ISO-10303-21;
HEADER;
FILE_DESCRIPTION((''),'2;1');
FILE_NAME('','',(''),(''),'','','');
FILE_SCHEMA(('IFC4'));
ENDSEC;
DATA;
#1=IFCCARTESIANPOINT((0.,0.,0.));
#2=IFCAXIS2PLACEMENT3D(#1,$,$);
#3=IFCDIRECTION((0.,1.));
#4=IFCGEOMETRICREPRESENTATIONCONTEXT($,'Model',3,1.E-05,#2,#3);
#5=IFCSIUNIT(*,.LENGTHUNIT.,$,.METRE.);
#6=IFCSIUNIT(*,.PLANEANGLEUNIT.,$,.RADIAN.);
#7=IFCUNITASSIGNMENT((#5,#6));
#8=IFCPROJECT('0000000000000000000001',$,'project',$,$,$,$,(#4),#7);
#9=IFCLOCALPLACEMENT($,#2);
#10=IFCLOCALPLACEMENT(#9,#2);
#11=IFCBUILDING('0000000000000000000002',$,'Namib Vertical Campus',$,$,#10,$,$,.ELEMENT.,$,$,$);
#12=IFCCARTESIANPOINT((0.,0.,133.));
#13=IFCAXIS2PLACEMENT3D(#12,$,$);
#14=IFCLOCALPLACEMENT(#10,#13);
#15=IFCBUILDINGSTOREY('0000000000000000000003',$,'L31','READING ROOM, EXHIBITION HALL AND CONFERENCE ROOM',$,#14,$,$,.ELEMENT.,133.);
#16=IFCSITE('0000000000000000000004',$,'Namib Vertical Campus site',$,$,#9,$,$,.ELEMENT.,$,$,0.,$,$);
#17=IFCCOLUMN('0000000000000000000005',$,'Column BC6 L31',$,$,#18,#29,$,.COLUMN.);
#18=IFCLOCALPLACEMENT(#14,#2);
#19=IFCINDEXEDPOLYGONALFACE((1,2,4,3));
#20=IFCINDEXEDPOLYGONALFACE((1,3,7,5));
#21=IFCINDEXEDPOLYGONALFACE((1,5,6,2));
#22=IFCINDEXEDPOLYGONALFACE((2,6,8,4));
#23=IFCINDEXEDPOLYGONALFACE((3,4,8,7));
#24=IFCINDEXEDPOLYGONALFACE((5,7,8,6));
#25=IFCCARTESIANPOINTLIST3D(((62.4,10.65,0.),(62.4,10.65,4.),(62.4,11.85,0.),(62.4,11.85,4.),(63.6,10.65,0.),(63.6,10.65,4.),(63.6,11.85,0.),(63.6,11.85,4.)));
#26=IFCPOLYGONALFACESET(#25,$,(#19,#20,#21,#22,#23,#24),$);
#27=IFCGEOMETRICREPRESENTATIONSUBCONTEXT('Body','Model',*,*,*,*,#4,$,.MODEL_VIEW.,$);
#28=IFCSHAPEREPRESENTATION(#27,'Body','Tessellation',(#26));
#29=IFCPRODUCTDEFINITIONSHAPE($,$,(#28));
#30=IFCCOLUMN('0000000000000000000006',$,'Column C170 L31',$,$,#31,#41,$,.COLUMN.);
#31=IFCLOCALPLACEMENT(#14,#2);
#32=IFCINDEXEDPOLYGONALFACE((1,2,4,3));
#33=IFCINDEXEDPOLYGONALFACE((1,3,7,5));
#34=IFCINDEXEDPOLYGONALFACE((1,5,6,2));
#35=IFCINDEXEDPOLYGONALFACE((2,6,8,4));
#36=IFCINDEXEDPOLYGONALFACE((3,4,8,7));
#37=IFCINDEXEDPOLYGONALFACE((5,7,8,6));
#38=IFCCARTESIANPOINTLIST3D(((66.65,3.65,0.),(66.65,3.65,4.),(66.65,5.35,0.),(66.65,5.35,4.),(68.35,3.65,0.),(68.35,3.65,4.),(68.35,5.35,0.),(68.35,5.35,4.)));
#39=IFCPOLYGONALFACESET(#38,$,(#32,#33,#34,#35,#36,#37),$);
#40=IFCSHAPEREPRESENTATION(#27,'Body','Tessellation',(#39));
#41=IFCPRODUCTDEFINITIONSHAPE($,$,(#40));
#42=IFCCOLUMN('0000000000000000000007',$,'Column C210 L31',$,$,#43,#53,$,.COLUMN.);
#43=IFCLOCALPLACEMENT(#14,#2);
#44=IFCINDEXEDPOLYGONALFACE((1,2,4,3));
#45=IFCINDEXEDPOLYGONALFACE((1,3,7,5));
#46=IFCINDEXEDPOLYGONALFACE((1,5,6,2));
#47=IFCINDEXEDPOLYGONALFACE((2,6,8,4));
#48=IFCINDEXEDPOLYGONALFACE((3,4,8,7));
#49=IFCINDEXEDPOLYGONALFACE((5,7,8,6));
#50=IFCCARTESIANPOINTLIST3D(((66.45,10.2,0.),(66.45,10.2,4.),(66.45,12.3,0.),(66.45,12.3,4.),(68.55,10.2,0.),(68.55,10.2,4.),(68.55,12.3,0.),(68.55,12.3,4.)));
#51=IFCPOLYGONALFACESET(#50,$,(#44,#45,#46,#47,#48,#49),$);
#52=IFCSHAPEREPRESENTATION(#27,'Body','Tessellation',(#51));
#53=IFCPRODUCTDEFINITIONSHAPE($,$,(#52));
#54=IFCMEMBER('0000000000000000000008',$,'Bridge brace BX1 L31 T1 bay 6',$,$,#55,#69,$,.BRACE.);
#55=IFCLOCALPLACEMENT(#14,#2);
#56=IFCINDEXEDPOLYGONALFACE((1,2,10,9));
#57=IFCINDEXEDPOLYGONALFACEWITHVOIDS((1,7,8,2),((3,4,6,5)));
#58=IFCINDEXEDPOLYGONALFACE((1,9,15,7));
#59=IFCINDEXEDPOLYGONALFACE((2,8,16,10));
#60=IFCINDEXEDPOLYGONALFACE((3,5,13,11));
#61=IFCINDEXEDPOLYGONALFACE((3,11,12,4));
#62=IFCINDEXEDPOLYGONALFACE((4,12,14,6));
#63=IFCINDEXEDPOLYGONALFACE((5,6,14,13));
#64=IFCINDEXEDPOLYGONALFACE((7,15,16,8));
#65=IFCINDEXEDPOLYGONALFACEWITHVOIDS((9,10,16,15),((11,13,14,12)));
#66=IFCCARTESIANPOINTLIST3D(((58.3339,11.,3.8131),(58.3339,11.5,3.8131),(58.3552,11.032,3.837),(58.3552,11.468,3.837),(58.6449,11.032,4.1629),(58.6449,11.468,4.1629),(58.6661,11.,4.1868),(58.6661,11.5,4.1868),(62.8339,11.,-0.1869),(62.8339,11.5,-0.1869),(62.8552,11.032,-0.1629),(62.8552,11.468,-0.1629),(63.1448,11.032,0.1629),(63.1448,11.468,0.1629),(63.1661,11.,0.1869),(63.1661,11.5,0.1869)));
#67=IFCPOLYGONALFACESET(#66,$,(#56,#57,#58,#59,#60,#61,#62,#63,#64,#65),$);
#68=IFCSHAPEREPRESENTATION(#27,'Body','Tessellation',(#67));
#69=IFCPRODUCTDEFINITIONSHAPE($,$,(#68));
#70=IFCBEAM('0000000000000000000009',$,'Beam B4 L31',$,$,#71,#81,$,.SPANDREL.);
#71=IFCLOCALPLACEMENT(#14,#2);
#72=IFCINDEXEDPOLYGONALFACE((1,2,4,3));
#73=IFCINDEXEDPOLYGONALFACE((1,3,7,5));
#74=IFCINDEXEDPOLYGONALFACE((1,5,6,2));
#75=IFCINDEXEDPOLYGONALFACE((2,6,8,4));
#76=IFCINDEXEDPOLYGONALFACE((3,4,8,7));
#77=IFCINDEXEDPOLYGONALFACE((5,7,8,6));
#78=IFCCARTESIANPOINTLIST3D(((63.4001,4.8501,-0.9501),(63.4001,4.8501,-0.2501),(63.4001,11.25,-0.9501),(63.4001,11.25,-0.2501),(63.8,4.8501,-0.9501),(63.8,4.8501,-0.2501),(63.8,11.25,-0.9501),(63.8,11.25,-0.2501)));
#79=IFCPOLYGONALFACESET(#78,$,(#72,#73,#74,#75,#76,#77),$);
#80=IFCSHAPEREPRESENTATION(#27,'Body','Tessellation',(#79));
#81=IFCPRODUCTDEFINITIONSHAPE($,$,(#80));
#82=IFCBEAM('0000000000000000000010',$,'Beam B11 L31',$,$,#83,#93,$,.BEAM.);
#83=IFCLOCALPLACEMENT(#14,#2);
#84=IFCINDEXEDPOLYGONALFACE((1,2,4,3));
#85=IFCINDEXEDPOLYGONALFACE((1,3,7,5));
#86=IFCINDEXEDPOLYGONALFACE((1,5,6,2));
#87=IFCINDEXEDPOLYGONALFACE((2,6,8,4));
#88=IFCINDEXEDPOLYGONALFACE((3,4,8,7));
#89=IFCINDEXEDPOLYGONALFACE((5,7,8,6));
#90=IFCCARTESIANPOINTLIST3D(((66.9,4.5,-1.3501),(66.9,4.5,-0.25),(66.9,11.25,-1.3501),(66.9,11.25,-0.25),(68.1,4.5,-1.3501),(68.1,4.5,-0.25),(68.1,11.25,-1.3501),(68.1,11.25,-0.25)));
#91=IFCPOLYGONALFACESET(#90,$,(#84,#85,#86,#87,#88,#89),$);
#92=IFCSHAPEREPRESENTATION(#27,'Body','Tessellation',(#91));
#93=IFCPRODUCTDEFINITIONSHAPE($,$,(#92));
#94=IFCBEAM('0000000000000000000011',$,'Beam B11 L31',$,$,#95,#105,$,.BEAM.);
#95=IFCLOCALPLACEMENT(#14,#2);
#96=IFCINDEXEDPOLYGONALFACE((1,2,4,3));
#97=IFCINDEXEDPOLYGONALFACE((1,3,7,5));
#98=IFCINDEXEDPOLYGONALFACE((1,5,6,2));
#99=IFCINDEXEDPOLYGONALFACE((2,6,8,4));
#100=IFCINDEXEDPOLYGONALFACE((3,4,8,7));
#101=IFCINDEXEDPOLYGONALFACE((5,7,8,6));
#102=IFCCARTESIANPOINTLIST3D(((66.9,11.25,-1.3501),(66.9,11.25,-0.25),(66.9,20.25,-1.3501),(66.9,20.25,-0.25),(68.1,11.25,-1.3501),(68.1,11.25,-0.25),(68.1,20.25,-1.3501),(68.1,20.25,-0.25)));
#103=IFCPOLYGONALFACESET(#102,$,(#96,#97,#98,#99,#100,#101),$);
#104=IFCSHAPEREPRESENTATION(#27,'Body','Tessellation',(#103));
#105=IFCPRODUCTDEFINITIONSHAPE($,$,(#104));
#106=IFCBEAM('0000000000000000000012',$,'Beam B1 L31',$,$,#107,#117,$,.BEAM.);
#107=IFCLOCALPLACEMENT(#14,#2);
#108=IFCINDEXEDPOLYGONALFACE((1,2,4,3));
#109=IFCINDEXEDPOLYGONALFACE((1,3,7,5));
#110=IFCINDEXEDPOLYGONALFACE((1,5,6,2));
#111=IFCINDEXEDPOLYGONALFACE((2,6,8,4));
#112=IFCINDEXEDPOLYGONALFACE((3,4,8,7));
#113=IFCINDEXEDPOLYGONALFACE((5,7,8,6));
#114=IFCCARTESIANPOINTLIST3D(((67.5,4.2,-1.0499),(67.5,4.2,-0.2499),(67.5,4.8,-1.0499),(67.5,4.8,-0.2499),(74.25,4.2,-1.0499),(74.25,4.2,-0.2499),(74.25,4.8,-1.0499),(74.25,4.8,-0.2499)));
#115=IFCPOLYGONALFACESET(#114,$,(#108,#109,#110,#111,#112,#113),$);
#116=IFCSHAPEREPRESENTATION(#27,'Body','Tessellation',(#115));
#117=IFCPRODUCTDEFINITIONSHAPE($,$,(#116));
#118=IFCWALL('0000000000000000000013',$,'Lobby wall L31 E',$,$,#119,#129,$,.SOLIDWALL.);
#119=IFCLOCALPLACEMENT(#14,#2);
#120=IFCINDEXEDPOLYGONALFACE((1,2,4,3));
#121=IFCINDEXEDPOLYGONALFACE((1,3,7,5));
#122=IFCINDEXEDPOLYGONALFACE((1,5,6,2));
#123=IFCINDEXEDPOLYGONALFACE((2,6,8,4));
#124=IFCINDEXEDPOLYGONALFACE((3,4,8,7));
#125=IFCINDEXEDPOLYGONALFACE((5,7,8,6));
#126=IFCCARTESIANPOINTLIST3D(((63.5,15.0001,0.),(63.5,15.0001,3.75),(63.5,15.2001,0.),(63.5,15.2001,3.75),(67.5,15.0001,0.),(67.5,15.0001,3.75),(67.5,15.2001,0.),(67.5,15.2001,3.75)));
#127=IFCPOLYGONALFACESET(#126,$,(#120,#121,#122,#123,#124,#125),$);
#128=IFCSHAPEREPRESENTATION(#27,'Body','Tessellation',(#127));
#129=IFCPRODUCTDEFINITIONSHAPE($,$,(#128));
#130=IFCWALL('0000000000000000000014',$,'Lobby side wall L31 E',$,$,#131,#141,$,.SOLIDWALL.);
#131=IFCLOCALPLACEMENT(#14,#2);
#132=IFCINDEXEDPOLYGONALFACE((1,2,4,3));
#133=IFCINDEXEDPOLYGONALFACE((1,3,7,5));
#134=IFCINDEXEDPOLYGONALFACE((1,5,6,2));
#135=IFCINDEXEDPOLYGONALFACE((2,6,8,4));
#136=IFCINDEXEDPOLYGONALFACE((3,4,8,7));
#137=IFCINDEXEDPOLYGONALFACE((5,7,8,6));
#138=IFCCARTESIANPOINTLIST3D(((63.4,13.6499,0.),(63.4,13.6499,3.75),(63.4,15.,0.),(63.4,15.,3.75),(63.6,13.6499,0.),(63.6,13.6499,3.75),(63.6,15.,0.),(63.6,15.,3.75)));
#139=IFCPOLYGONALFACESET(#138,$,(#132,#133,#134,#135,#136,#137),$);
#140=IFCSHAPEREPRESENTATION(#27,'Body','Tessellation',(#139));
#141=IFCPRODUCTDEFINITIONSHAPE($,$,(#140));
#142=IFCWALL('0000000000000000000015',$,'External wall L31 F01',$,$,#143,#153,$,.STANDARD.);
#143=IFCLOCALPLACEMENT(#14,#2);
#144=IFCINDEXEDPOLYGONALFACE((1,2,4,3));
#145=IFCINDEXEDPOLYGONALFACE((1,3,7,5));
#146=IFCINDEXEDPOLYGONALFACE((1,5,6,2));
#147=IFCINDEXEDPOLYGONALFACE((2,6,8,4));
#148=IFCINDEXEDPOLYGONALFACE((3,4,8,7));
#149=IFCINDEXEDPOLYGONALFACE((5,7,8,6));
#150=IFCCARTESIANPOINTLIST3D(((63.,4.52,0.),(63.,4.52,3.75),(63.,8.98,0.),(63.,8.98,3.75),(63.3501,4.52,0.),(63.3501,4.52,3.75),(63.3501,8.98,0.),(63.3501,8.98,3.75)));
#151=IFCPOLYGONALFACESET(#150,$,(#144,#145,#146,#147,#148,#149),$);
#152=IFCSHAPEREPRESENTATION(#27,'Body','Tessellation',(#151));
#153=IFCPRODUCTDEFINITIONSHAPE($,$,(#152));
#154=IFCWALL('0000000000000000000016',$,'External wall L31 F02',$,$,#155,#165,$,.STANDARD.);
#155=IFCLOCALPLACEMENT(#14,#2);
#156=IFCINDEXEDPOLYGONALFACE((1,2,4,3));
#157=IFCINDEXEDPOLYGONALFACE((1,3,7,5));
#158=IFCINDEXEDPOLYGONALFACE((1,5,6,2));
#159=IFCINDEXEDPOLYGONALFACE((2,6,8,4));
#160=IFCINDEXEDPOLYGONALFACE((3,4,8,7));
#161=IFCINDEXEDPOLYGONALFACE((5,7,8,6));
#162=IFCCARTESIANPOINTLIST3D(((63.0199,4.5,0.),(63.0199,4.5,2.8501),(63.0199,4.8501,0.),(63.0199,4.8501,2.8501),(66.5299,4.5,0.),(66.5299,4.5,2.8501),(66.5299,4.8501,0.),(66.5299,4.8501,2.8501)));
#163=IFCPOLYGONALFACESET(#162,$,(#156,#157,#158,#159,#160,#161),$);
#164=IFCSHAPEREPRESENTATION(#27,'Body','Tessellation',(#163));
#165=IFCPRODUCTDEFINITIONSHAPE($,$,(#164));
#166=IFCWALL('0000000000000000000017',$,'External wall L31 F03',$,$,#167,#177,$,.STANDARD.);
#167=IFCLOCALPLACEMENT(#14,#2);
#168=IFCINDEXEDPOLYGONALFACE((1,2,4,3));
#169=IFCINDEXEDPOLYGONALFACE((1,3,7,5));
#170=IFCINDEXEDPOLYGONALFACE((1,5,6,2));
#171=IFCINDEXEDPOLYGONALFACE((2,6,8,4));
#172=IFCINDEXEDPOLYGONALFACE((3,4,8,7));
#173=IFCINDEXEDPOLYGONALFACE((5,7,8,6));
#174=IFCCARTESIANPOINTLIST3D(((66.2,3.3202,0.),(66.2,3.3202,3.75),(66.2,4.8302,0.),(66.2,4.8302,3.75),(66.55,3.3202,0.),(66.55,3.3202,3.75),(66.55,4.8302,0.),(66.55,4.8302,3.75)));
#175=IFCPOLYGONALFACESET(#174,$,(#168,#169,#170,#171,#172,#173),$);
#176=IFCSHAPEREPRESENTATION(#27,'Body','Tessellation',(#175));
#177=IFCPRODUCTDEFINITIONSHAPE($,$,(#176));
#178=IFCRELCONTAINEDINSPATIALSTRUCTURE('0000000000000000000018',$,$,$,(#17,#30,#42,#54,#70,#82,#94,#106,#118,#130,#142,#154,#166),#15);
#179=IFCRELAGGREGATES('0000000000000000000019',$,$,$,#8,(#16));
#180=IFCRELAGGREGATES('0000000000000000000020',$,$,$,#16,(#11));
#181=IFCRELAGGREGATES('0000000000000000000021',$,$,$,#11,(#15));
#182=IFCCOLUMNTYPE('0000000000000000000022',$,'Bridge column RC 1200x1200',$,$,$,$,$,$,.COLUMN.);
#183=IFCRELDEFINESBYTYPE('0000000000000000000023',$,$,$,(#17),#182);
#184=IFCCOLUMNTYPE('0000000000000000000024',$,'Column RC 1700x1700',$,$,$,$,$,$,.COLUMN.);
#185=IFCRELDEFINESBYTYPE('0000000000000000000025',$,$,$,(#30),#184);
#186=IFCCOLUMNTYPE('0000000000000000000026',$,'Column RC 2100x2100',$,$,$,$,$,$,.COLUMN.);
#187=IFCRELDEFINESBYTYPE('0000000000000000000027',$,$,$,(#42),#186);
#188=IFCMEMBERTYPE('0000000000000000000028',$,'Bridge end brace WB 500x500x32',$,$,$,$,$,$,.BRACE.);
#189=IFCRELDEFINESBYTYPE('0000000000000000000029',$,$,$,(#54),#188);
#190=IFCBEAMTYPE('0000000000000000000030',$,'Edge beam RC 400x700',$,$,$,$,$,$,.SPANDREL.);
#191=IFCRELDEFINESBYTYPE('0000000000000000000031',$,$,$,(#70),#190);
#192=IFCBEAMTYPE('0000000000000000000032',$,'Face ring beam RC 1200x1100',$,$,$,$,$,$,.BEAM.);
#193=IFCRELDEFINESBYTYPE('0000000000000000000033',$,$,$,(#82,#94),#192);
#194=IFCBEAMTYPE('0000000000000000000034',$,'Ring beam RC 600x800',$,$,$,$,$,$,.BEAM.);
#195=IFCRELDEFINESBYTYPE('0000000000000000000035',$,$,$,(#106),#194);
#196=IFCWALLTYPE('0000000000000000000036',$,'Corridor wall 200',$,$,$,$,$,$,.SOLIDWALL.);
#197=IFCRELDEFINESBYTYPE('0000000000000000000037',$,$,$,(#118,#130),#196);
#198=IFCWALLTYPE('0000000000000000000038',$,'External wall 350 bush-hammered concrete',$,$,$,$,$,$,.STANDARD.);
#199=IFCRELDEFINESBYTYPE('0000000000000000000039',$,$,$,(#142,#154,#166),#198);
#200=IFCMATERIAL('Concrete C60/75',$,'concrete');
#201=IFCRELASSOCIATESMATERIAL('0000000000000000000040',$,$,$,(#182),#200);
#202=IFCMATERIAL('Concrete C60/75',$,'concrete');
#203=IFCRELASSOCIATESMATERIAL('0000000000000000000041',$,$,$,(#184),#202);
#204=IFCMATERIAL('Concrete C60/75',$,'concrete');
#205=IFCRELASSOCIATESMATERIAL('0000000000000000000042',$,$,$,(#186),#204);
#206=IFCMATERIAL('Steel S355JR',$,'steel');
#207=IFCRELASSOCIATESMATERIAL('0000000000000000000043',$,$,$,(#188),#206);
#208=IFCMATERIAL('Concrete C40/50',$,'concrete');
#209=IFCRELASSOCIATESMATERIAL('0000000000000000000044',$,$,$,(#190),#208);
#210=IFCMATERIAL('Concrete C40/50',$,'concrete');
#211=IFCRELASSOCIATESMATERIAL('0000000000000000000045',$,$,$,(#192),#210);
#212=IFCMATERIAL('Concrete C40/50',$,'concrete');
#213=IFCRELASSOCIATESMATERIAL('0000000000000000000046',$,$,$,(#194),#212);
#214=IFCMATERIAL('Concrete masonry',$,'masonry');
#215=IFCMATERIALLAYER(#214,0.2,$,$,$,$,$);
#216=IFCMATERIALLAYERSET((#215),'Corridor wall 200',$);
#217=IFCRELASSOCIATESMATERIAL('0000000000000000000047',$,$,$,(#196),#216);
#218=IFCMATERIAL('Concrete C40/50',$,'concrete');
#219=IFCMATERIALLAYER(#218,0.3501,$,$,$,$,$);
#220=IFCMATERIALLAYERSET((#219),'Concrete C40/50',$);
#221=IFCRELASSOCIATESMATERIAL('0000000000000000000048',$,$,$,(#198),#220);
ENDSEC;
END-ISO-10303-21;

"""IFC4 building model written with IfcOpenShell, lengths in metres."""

from ifc_helpers import new_model, si_unit, direction, frame, frame_2d, origin, origin_2d, place, context, subcontext, project, spatial, rectangle, hollow_rectangle, extrude, material, layer, layer_set, material_profile, profile_set, type_object, element, save


model = new_model("IFC4")

# Units and contexts
model_context = context("Model", 3, precision=1e-05, world=origin(), true_north=direction((0.0, 1.0)))
body_context = subcontext(model_context, "Body", "Model", "MODEL_VIEW")
ifc_project = project(units=[si_unit("LENGTHUNIT", "METRE"), si_unit("PLANEANGLEUNIT", "RADIAN")], contexts=[model_context])

# Site, building, storey
site_placement = place(None, origin())
site = spatial("IfcSite", under=ifc_project, at=site_placement, Name="Namib Vertical Campus site", CompositionType="ELEMENT", RefElevation=0.0)
building_placement = place(site_placement, origin())
building = spatial("IfcBuilding", under=site, at=building_placement, Name="Namib Vertical Campus", CompositionType="ELEMENT")
storey_placement = place(building_placement, frame((0.0, 0.0, 133.0)))
storey = spatial("IfcBuildingStorey", under=building, at=storey_placement, Name="L31", Description="READING ROOM, EXHIBITION HALL AND CONFERENCE ROOM", CompositionType="ELEMENT", Elevation=133.0)

# Columns
ifc_material_1 = material(Name="Concrete C60/75", Category="concrete")
ifc_material_profile_1 = material_profile(ifc_material_1, rectangle(XDim=1.2, YDim=1.2, at=origin_2d()))
ifc_profile_set_1 = profile_set([ifc_material_profile_1], Name="Concrete C60/75")
column_type_1 = type_object("IfcColumnType", Name="Bridge column RC 1200x1200", PredefinedType="COLUMN", material=ifc_profile_set_1)
column_1_placement = place(storey_placement, frame((63.0, 11.25, 0.0), z_axis=(0.0, 0.0, 1.0), x_axis=(1.0, 0.0, 0.0)))
element("IfcColumn", 1, at=column_1_placement, inside=storey, type_object=column_type_1, Name="Column BC6 L31", PredefinedType="COLUMN", context=body_context, shape_type="SweptSolid", body=[
    extrude(rectangle(XDim=1.2, YDim=1.2, at=origin_2d()), origin(), (0.0, 0.0, 1.0), 4.0),
])
ifc_material_2 = material(Name="Concrete C60/75", Category="concrete")
ifc_material_profile_2 = material_profile(ifc_material_2, rectangle(XDim=1.7, YDim=1.7, at=origin_2d()))
ifc_profile_set_2 = profile_set([ifc_material_profile_2], Name="Concrete C60/75")
column_type_2 = type_object("IfcColumnType", Name="Column RC 1700x1700", PredefinedType="COLUMN", material=ifc_profile_set_2)
column_2_placement = place(storey_placement, frame((67.5, 4.5, 0.0), z_axis=(0.0, 0.0, 1.0), x_axis=(1.0, 0.0, 0.0)))
element("IfcColumn", 2, at=column_2_placement, inside=storey, type_object=column_type_2, Name="Column C170 L31", PredefinedType="COLUMN", context=body_context, shape_type="SweptSolid", body=[
    extrude(rectangle(XDim=1.7, YDim=1.7, at=origin_2d()), origin(), (0.0, 0.0, 1.0), 4.0),
])
ifc_material_3 = material(Name="Concrete C60/75", Category="concrete")
ifc_material_profile_3 = material_profile(ifc_material_3, rectangle(XDim=2.1001, YDim=2.1001, at=origin_2d()))
ifc_profile_set_3 = profile_set([ifc_material_profile_3], Name="Concrete C60/75")
column_type_3 = type_object("IfcColumnType", Name="Column RC 2100x2100", PredefinedType="COLUMN", material=ifc_profile_set_3)
column_3_placement = place(storey_placement, frame((67.5, 11.25, 0.0), z_axis=(0.0, 0.0, 1.0), x_axis=(1.0, 0.0, 0.0)))
element("IfcColumn", 3, at=column_3_placement, inside=storey, type_object=column_type_3, Name="Column C210 L31", PredefinedType="COLUMN", context=body_context, shape_type="SweptSolid", body=[
    extrude(rectangle(XDim=2.1001, YDim=2.1001, at=origin_2d()), origin(), (0.0, 0.0, 1.0), 4.0),
])

# Member
ifc_material_4 = material(Name="Steel S355JR", Category="steel")
ifc_material_profile_4 = material_profile(ifc_material_4, hollow_rectangle(XDim=0.5, YDim=0.5, WallThickness=0.032, at=origin_2d()))
ifc_profile_set_4 = profile_set([ifc_material_profile_4], Name="Steel S355JR")
member_type = type_object("IfcMemberType", Name="Bridge end brace WB 500x500x32", PredefinedType="BRACE", material=ifc_profile_set_4)
member_placement = place(storey_placement, frame((63.0, 11.25, 0.0), z_axis=(-0.747409, 0.0, 0.664364), x_axis=(0.0, -1.0, 0.0)))
element("IfcMember", 4, at=member_placement, inside=storey, type_object=member_type, Name="Bridge brace BX1 L31 T1 bay 6", PredefinedType="BRACE", context=body_context, shape_type="SweptSolid", body=[
    extrude(hollow_rectangle(XDim=0.5, YDim=0.5, WallThickness=0.032, at=origin_2d()), origin(), (0.0, 0.0, 1.0), 6.0208),
])

# Beams
ifc_material_5 = material(Name="Concrete C40/50", Category="concrete")
ifc_material_profile_5 = material_profile(ifc_material_5, rectangle(XDim=0.3999, YDim=0.7, at=origin_2d()))
ifc_profile_set_5 = profile_set([ifc_material_profile_5], Name="Concrete C40/50")
beam_type_1 = type_object("IfcBeamType", Name="Edge beam RC 400x700", PredefinedType="SPANDREL", material=ifc_profile_set_5)
beam_1_placement = place(storey_placement, frame((63.6001, 4.8501, -0.6001), z_axis=(0.0, 1.0, 0.0), x_axis=(-1.0, 0.0, 0.0)))
element("IfcBeam", 5, at=beam_1_placement, inside=storey, type_object=beam_type_1, Name="Beam B4 L31", PredefinedType="SPANDREL", context=body_context, shape_type="SweptSolid", body=[
    extrude(rectangle(XDim=0.3999, YDim=0.7, at=origin_2d()), origin(), (0.0, 0.0, 1.0), 6.3999),
])
ifc_material_6 = material(Name="Concrete C40/50", Category="concrete")
ifc_material_profile_6 = material_profile(ifc_material_6, rectangle(XDim=1.2, YDim=1.1001, at=origin_2d()))
ifc_profile_set_6 = profile_set([ifc_material_profile_6], Name="Concrete C40/50")
beam_type_2 = type_object("IfcBeamType", Name="Face ring beam RC 1200x1100", PredefinedType="BEAM", material=ifc_profile_set_6)
beam_2_placement = place(storey_placement, frame((67.5, 4.5, -0.8), z_axis=(0.0, 1.0, 0.0), x_axis=(-1.0, 0.0, 0.0)))
element("IfcBeam", 6, at=beam_2_placement, inside=storey, type_object=beam_type_2, Name="Beam B11 L31", PredefinedType="BEAM", context=body_context, shape_type="SweptSolid", body=[
    extrude(rectangle(XDim=1.2, YDim=1.1001, at=origin_2d()), origin(), (0.0, 0.0, 1.0), 6.75),
])
beam_3_placement = place(storey_placement, frame((67.5, 11.25, -0.8), z_axis=(0.0, 1.0, 0.0), x_axis=(-1.0, 0.0, 0.0)))
element("IfcBeam", 7, at=beam_3_placement, inside=storey, type_object=beam_type_2, Name="Beam B11 L31", PredefinedType="BEAM", context=body_context, shape_type="SweptSolid", body=[
    extrude(rectangle(XDim=1.2, YDim=1.1001, at=origin_2d()), origin(), (0.0, 0.0, 1.0), 9.0),
])
ifc_material_7 = material(Name="Concrete C40/50", Category="concrete")
ifc_material_profile_7 = material_profile(ifc_material_7, rectangle(XDim=0.6001, YDim=0.8, at=origin_2d()))
ifc_profile_set_7 = profile_set([ifc_material_profile_7], Name="Concrete C40/50")
beam_type_3 = type_object("IfcBeamType", Name="Ring beam RC 600x800", PredefinedType="BEAM", material=ifc_profile_set_7)
beam_4_placement = place(storey_placement, frame((67.5, 4.5, -0.6499), z_axis=(1.0, 0.0, 0.0), x_axis=(0.0, 1.0, 0.0)))
element("IfcBeam", 8, at=beam_4_placement, inside=storey, type_object=beam_type_3, Name="Beam B1 L31", PredefinedType="BEAM", context=body_context, shape_type="SweptSolid", body=[
    extrude(rectangle(XDim=0.6001, YDim=0.8, at=origin_2d()), origin(), (0.0, 0.0, 1.0), 6.75),
])

# Walls
ifc_material_8 = material(Name="Concrete masonry", Category="masonry")
ifc_layer_1 = layer(ifc_material_8, 0.2)
ifc_layer_set_1 = layer_set([ifc_layer_1], Name="Corridor wall 200")
wall_type_1 = type_object("IfcWallType", Name="Corridor wall 200", PredefinedType="SOLIDWALL", material=ifc_layer_set_1)
wall_1_placement = place(storey_placement, frame((63.5, 15.1001, 0.0), z_axis=(0.0, 0.0, 1.0), x_axis=(1.0, 0.0, 0.0)))
element("IfcWall", 9, at=wall_1_placement, inside=storey, type_object=wall_type_1, Name="Lobby wall L31 E", PredefinedType="SOLIDWALL", context=body_context, shape_type="SweptSolid", body=[
    extrude(rectangle(XDim=4.0, YDim=0.2, at=frame_2d((2.0, 0.0))), origin(), (0.0, 0.0, 1.0), 3.75),
])
wall_2_placement = place(storey_placement, frame((63.5, 13.6499, 0.0), z_axis=(0.0, 0.0, 1.0), x_axis=(0.0, 1.0, 0.0)))
element("IfcWall", 10, at=wall_2_placement, inside=storey, type_object=wall_type_1, Name="Lobby side wall L31 E", PredefinedType="SOLIDWALL", context=body_context, shape_type="SweptSolid", body=[
    extrude(rectangle(XDim=1.3501, YDim=0.2, at=frame_2d((0.675, 0.0))), origin(), (0.0, 0.0, 1.0), 3.75),
])
ifc_material_9 = material(Name="Concrete C40/50", Category="concrete")
ifc_layer_2 = layer(ifc_material_9, 0.3501)
ifc_layer_set_2 = layer_set([ifc_layer_2], Name="Concrete C40/50")
wall_type_2 = type_object("IfcWallType", Name="External wall 350 bush-hammered concrete", PredefinedType="STANDARD", material=ifc_layer_set_2)
wall_3_placement = place(storey_placement, frame((63.175, 8.98, 0.0), z_axis=(0.0, 0.0, 1.0), x_axis=(0.0, -1.0, 0.0)))
element("IfcWall", 11, at=wall_3_placement, inside=storey, type_object=wall_type_2, Name="External wall L31 F01", PredefinedType="STANDARD", context=body_context, shape_type="SweptSolid", body=[
    extrude(rectangle(XDim=4.46, YDim=0.3501, at=frame_2d((2.23, 0.0))), origin(), (0.0, 0.0, 1.0), 3.75),
])
wall_4_placement = place(storey_placement, frame((63.02, 4.675, 0.0), z_axis=(0.0, 0.0, 1.0), x_axis=(1.0, 0.0, 0.0)))
element("IfcWall", 12, at=wall_4_placement, inside=storey, type_object=wall_type_2, Name="External wall L31 F02", PredefinedType="STANDARD", context=body_context, shape_type="SweptSolid", body=[
    extrude(rectangle(XDim=3.51, YDim=0.3501, at=frame_2d((1.7549, 0.0))), origin(), (0.0, 0.0, 1.0), 2.8501),
])
wall_5_placement = place(storey_placement, frame((66.375, 4.8301, 0.0), z_axis=(0.0, 0.0, 1.0), x_axis=(0.0, -1.0, 0.0)))
element("IfcWall", 13, at=wall_5_placement, inside=storey, type_object=wall_type_2, Name="External wall L31 F03", PredefinedType="STANDARD", context=body_context, shape_type="SweptSolid", body=[
    extrude(rectangle(XDim=1.51, YDim=0.3501, at=frame_2d((0.7549, 0.0))), origin(), (0.0, 0.0, 1.0), 3.75),
])

save(model, "model.ifc")
